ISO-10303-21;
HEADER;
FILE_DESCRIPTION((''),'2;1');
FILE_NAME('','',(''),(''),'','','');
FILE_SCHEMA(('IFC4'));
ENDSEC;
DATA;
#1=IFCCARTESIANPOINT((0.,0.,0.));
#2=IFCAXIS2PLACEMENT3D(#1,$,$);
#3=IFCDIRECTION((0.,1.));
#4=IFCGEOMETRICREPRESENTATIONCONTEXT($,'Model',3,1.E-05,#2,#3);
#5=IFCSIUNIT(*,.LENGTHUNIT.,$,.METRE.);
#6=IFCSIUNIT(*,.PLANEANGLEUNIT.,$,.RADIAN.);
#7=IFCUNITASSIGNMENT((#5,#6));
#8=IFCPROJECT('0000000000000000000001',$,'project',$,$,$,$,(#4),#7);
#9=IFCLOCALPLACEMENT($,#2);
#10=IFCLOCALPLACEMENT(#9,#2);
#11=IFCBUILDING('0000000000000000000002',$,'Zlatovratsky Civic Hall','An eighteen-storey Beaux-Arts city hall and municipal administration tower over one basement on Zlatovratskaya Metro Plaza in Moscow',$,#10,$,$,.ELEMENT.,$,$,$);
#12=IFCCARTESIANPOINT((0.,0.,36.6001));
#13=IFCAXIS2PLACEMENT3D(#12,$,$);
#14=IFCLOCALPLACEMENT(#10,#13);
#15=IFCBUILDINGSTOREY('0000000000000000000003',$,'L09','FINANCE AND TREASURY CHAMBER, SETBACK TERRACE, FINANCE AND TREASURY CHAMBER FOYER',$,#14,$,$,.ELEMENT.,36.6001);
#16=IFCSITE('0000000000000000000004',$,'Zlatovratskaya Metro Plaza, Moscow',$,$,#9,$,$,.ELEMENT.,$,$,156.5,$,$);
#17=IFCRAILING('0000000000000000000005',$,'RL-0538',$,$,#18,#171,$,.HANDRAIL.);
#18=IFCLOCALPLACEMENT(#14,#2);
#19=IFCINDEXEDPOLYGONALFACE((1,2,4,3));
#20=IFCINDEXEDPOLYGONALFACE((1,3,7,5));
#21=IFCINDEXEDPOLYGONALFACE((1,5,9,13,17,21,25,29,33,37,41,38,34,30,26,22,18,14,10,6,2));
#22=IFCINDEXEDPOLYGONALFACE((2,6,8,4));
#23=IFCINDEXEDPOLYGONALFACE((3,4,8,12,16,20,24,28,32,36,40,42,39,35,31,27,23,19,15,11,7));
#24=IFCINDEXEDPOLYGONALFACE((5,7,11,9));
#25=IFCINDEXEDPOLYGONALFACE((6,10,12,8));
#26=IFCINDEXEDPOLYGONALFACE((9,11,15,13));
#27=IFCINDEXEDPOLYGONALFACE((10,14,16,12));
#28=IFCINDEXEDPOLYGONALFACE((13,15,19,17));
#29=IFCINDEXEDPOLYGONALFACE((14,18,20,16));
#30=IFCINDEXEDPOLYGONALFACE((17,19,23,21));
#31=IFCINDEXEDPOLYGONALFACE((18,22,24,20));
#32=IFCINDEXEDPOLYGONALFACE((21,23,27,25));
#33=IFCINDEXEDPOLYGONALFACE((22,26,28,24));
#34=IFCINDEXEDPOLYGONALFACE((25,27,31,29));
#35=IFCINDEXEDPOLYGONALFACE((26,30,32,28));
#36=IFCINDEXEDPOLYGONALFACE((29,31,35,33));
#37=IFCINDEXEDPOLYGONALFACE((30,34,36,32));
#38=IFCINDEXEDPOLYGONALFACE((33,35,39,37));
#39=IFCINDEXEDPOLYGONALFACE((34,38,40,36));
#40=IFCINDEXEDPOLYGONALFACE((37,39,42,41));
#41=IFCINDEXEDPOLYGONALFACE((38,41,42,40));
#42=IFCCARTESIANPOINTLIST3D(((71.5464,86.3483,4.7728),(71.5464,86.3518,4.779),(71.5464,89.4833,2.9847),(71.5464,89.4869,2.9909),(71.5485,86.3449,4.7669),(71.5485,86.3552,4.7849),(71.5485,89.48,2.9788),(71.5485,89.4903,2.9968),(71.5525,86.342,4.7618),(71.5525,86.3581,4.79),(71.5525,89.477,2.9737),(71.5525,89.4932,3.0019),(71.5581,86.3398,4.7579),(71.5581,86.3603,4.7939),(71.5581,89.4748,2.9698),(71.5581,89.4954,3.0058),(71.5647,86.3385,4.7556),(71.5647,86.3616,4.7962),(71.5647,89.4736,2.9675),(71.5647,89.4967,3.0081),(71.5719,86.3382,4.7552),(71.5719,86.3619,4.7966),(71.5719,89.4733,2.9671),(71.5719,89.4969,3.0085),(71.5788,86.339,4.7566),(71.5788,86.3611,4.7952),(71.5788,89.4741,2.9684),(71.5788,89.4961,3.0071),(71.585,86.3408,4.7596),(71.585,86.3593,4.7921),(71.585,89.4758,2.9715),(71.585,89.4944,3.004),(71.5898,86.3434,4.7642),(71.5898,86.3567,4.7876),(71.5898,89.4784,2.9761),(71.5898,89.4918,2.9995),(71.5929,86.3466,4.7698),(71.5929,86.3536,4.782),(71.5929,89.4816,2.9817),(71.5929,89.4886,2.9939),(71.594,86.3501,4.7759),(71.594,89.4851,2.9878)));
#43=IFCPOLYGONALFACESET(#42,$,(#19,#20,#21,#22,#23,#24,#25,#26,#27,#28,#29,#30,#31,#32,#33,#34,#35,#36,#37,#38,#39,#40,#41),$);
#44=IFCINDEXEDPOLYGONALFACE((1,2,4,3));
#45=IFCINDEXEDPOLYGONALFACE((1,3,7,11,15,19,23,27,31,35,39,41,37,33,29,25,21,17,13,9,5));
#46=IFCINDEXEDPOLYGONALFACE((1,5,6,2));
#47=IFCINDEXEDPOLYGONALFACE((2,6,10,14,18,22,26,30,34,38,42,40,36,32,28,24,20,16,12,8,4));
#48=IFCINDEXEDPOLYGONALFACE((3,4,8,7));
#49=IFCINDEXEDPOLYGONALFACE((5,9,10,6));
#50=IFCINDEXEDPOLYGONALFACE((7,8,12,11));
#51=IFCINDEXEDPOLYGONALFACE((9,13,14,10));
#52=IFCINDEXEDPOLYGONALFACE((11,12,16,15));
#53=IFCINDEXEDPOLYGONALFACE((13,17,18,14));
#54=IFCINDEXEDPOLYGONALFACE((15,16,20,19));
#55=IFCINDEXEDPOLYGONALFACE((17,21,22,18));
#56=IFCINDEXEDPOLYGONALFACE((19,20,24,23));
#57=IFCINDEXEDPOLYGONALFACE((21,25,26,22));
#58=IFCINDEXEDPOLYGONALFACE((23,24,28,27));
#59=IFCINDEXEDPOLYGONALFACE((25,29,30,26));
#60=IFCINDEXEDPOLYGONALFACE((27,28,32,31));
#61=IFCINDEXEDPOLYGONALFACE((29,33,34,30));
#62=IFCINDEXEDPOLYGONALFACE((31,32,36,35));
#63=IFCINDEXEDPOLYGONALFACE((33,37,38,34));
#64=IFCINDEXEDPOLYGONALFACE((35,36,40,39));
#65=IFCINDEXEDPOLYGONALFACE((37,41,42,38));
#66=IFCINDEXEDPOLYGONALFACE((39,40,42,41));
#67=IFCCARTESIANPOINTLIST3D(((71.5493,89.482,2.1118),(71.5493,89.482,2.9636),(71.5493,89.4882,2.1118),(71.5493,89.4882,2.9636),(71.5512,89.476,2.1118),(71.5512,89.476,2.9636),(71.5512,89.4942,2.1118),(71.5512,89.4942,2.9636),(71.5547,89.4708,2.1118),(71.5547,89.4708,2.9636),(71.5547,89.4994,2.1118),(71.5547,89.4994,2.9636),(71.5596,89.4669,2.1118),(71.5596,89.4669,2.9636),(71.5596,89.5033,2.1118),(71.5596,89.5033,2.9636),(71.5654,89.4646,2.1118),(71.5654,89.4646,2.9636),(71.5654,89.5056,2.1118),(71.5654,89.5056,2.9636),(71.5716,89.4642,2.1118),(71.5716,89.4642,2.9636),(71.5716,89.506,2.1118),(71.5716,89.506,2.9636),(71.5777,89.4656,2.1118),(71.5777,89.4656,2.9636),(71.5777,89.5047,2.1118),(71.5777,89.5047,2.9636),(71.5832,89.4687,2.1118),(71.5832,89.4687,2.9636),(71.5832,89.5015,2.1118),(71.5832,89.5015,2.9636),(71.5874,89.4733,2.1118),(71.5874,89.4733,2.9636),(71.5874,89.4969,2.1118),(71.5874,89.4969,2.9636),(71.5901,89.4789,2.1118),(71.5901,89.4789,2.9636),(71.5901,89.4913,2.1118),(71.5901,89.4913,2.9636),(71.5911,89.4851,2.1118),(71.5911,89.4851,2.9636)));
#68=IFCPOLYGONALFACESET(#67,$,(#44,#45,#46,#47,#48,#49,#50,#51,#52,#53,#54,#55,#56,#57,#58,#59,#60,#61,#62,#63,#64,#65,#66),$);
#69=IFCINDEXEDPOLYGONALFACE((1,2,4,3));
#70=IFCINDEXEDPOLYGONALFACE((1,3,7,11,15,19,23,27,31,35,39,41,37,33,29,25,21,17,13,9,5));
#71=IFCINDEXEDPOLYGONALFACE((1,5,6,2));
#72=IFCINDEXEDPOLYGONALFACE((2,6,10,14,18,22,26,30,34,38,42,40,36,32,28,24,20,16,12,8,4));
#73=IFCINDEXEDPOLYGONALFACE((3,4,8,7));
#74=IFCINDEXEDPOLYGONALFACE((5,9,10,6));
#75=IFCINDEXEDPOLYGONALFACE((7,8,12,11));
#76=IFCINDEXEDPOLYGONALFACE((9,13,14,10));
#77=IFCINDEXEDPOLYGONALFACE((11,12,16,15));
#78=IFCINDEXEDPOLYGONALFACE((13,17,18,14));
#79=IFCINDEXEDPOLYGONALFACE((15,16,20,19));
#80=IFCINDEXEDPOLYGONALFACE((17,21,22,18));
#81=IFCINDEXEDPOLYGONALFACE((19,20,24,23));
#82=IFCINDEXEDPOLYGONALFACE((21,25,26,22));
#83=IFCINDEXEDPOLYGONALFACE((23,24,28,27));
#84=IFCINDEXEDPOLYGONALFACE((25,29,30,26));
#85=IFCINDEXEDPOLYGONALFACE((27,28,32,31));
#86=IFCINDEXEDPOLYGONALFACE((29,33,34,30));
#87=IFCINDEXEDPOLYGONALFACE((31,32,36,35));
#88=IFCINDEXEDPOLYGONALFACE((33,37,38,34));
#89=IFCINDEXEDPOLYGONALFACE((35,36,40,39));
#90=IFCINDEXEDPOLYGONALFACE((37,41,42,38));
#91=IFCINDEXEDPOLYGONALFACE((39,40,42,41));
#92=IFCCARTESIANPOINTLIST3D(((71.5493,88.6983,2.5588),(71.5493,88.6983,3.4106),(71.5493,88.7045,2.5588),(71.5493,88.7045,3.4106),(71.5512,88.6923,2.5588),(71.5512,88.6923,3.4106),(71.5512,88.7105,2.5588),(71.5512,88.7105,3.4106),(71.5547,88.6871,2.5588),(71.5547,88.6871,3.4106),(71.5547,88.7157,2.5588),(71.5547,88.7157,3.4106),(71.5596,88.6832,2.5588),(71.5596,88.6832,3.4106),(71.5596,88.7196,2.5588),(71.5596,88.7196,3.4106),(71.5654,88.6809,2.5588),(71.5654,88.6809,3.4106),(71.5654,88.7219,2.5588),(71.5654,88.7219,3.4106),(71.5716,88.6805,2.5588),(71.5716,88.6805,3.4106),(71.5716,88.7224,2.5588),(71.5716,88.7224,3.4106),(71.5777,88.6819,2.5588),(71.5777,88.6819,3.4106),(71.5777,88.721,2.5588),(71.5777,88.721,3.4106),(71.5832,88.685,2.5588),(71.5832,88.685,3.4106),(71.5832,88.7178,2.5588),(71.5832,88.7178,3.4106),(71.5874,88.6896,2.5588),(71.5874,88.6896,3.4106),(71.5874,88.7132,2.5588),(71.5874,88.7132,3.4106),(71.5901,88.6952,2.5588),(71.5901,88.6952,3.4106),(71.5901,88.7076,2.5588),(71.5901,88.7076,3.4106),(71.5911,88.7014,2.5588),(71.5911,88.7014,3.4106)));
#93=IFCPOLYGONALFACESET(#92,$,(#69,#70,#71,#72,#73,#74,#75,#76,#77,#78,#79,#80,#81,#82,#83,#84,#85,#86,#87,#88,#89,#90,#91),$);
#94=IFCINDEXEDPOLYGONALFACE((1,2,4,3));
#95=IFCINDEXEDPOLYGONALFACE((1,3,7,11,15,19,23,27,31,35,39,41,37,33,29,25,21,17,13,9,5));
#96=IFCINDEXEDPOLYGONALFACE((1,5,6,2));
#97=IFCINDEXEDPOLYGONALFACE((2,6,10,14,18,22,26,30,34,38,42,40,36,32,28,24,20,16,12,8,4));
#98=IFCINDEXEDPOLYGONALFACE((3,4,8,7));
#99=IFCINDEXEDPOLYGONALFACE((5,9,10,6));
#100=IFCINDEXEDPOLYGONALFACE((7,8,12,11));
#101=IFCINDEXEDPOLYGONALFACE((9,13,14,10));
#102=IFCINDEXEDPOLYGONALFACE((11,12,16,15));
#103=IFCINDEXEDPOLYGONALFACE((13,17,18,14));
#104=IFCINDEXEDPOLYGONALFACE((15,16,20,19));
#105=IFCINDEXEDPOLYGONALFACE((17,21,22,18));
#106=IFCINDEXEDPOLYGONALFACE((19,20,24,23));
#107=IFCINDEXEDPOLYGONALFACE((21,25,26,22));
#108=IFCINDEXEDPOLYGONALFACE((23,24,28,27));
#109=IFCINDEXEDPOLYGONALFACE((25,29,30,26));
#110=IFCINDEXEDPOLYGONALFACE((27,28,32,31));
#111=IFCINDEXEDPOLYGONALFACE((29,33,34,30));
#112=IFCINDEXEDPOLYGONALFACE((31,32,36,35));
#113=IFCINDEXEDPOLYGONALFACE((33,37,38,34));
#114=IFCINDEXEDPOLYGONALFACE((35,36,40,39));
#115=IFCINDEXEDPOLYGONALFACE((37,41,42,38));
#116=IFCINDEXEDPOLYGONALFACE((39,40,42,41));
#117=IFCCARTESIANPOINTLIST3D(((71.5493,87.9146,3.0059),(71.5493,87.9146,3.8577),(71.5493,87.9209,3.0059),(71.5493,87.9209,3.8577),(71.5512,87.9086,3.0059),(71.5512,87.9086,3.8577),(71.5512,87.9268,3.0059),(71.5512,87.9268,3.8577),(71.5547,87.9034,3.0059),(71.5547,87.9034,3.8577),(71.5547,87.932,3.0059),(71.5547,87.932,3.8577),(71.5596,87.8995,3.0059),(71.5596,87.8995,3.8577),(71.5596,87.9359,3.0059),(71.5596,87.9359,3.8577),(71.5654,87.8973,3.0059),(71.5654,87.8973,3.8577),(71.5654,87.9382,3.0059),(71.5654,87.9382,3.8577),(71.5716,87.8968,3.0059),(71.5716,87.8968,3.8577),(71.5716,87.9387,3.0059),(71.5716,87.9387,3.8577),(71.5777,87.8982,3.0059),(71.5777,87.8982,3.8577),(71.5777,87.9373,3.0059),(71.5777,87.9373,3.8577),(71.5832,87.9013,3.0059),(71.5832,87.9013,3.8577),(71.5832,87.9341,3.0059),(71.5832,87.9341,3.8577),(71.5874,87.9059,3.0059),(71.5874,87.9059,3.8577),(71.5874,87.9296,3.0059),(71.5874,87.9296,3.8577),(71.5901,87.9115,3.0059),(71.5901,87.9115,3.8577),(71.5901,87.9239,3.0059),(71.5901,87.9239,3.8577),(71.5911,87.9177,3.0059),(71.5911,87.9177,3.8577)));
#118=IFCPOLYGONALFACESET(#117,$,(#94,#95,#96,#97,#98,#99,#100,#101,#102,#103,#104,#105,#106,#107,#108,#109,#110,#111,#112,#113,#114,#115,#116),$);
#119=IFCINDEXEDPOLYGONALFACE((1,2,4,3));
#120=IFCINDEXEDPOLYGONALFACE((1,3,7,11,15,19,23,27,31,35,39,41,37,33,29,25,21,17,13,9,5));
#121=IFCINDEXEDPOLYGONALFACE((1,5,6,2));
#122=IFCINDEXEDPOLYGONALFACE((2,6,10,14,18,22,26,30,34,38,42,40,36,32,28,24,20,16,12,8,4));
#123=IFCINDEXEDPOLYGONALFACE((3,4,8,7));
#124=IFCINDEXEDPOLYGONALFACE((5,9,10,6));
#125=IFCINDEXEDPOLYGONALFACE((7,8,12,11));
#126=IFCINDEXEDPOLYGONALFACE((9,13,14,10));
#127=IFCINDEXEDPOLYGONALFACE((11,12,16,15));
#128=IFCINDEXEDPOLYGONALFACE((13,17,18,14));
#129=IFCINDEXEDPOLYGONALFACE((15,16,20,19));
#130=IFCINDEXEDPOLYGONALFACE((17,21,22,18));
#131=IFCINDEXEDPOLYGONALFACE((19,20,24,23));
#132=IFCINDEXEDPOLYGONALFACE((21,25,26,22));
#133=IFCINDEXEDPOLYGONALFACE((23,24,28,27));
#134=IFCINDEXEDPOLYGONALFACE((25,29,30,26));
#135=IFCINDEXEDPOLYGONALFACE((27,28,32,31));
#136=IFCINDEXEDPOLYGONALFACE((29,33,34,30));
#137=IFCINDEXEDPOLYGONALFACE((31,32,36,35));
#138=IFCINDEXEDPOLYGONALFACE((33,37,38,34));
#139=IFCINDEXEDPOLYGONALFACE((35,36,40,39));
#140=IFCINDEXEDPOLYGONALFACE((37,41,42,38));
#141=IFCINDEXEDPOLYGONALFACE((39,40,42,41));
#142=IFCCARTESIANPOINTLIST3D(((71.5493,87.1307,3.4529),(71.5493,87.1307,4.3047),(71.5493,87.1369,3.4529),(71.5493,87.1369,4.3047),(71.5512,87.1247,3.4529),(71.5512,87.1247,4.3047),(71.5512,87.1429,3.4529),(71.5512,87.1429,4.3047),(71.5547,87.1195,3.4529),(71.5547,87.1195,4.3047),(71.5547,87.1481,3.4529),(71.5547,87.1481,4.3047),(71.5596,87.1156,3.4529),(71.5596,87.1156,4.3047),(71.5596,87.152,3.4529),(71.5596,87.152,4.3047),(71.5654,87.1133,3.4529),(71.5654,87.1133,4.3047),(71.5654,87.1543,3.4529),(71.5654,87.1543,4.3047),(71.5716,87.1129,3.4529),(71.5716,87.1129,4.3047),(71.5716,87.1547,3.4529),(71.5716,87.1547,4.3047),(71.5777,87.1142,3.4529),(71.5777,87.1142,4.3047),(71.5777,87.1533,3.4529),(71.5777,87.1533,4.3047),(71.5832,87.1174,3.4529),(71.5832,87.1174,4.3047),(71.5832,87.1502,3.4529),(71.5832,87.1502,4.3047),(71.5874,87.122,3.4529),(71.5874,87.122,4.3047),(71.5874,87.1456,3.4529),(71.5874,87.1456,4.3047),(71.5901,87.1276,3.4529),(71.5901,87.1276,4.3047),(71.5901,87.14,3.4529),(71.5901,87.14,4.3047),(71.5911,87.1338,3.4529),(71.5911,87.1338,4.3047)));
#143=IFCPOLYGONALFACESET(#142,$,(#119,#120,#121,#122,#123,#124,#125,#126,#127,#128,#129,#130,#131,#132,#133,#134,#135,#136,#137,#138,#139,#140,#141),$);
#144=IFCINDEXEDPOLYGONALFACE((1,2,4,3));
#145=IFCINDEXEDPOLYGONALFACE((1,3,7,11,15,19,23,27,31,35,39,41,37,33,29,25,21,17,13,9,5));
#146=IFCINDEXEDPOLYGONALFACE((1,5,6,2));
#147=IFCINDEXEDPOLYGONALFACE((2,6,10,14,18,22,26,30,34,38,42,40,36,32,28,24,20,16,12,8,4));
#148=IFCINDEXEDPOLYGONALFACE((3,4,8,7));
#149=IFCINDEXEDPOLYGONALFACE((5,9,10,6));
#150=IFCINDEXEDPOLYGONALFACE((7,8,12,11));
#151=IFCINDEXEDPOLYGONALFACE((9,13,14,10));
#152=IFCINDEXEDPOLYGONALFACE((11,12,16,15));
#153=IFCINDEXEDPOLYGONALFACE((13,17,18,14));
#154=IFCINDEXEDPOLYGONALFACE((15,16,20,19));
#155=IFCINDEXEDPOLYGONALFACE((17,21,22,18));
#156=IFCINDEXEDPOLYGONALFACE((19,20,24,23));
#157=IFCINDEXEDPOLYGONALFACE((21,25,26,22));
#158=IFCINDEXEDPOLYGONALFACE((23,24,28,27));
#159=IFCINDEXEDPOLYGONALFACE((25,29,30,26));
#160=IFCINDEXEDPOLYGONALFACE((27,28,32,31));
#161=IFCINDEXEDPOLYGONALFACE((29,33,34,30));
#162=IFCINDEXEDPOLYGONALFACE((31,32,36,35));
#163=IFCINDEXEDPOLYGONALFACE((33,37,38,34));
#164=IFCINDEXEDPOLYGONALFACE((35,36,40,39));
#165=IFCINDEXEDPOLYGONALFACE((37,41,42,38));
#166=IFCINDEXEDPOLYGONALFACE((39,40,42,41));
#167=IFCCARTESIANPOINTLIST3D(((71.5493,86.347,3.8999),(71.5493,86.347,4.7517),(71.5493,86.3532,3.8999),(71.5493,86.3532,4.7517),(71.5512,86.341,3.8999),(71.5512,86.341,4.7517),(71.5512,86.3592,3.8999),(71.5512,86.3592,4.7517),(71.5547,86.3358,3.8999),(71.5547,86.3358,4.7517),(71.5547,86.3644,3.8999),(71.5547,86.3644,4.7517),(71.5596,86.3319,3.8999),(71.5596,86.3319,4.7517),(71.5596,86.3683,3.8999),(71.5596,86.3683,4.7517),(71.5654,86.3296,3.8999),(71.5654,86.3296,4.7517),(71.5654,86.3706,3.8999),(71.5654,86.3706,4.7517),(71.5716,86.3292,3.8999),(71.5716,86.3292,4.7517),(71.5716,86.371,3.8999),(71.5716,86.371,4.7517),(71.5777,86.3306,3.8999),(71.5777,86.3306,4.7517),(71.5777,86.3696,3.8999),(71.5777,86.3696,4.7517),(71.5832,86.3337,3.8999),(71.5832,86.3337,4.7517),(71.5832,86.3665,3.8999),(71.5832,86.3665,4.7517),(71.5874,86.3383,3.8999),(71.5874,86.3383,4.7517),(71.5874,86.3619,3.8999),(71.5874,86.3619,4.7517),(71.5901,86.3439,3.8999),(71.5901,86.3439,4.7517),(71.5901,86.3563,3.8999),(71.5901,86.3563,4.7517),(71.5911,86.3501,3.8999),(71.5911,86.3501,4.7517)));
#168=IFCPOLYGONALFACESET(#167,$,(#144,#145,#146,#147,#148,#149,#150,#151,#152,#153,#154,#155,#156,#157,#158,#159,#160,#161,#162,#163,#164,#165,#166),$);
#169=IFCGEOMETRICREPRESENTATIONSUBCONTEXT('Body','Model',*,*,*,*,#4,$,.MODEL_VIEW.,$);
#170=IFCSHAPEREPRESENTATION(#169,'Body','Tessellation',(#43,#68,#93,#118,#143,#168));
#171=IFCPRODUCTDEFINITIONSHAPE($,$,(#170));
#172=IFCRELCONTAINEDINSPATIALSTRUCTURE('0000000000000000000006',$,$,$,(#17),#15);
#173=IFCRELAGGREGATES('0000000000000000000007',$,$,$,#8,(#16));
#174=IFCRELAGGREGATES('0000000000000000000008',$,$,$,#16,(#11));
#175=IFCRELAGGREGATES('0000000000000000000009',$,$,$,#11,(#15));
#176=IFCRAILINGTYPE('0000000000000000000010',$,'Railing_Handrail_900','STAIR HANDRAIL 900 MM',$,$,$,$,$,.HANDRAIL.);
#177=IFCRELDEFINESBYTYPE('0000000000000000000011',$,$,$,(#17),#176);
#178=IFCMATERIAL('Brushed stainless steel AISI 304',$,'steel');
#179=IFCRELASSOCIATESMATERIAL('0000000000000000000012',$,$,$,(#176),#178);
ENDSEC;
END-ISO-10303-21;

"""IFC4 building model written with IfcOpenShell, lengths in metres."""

from ifc_helpers import new_model, si_unit, direction, frame, origin, origin_2d, place, context, subcontext, project, spatial, circle, extrude, material, type_object, element, save


model = new_model("IFC4")

# Units and contexts
model_context = context("Model", 3, precision=1e-05, world=origin(), true_north=direction((0.0, 1.0)))
body_context = subcontext(model_context, "Body", "Model", "MODEL_VIEW")
ifc_project = project(units=[si_unit("LENGTHUNIT", "METRE"), si_unit("PLANEANGLEUNIT", "RADIAN")], contexts=[model_context])

# Site, building, storey
site_placement = place(None, origin())
site = spatial("IfcSite", under=ifc_project, at=site_placement, Name="Zlatovratskaya Metro Plaza, Moscow", CompositionType="ELEMENT", RefElevation=156.5)
building_placement = place(site_placement, origin())
building = spatial("IfcBuilding", under=site, at=building_placement, Name="Zlatovratsky Civic Hall", Description="An eighteen-storey Beaux-Arts city hall and municipal administration tower over one basement on Zlatovratskaya Metro Plaza in Moscow", CompositionType="ELEMENT")
storey_placement = place(building_placement, frame((0.0, 0.0, 36.6001)))
storey = spatial("IfcBuildingStorey", under=building, at=storey_placement, Name="L09", Description="FINANCE AND TREASURY CHAMBER, SETBACK TERRACE, FINANCE AND TREASURY CHAMBER FOYER", CompositionType="ELEMENT", Elevation=36.6001)

# Railing
ifc_material_1 = material(Name="Brushed stainless steel AISI 304", Category="steel")
railing_type_1 = type_object("IfcRailingType", Name="Railing_Handrail_900", Description="STAIR HANDRAIL 900 MM", PredefinedType="HANDRAIL", material=ifc_material_1)
railing_1_placement = place(storey_placement, frame((71.5701, 89.4851, 2.1118)))
element("IfcRailing", 1, at=railing_1_placement, inside=storey, type_object=railing_type_1, Name="RL-0538", PredefinedType="HANDRAIL", context=body_context, shape_type="SweptSolid", body=[
    extrude(circle(Radius=0.0239, at=origin_2d()), frame((0.0, 0.0, 0.876), z_axis=(0.0, -0.868642, 0.495439), x_axis=(1.0, 0.0, 0.0)), (0.0, 0.0, 1.0), 3.6091),
    extrude(circle(Radius=0.021, at=origin_2d()), origin(), (0.0, 0.0, 1.0), 0.8518),
    extrude(circle(Radius=0.021, at=origin_2d()), frame((0.0, -0.7837, 0.447)), (0.0, 0.0, 1.0), 0.8518),
    extrude(circle(Radius=0.021, at=origin_2d()), frame((0.0, -1.5674, 0.894)), (0.0, 0.0, 1.0), 0.8518),
    extrude(circle(Radius=0.021, at=origin_2d()), frame((0.0, -2.3513, 1.3411)), (0.0, 0.0, 1.0), 0.8518),
    extrude(circle(Radius=0.021, at=origin_2d()), frame((0.0, -3.135, 1.7881)), (0.0, 0.0, 1.0), 0.8518),
])

save(model, "model.ifc")
